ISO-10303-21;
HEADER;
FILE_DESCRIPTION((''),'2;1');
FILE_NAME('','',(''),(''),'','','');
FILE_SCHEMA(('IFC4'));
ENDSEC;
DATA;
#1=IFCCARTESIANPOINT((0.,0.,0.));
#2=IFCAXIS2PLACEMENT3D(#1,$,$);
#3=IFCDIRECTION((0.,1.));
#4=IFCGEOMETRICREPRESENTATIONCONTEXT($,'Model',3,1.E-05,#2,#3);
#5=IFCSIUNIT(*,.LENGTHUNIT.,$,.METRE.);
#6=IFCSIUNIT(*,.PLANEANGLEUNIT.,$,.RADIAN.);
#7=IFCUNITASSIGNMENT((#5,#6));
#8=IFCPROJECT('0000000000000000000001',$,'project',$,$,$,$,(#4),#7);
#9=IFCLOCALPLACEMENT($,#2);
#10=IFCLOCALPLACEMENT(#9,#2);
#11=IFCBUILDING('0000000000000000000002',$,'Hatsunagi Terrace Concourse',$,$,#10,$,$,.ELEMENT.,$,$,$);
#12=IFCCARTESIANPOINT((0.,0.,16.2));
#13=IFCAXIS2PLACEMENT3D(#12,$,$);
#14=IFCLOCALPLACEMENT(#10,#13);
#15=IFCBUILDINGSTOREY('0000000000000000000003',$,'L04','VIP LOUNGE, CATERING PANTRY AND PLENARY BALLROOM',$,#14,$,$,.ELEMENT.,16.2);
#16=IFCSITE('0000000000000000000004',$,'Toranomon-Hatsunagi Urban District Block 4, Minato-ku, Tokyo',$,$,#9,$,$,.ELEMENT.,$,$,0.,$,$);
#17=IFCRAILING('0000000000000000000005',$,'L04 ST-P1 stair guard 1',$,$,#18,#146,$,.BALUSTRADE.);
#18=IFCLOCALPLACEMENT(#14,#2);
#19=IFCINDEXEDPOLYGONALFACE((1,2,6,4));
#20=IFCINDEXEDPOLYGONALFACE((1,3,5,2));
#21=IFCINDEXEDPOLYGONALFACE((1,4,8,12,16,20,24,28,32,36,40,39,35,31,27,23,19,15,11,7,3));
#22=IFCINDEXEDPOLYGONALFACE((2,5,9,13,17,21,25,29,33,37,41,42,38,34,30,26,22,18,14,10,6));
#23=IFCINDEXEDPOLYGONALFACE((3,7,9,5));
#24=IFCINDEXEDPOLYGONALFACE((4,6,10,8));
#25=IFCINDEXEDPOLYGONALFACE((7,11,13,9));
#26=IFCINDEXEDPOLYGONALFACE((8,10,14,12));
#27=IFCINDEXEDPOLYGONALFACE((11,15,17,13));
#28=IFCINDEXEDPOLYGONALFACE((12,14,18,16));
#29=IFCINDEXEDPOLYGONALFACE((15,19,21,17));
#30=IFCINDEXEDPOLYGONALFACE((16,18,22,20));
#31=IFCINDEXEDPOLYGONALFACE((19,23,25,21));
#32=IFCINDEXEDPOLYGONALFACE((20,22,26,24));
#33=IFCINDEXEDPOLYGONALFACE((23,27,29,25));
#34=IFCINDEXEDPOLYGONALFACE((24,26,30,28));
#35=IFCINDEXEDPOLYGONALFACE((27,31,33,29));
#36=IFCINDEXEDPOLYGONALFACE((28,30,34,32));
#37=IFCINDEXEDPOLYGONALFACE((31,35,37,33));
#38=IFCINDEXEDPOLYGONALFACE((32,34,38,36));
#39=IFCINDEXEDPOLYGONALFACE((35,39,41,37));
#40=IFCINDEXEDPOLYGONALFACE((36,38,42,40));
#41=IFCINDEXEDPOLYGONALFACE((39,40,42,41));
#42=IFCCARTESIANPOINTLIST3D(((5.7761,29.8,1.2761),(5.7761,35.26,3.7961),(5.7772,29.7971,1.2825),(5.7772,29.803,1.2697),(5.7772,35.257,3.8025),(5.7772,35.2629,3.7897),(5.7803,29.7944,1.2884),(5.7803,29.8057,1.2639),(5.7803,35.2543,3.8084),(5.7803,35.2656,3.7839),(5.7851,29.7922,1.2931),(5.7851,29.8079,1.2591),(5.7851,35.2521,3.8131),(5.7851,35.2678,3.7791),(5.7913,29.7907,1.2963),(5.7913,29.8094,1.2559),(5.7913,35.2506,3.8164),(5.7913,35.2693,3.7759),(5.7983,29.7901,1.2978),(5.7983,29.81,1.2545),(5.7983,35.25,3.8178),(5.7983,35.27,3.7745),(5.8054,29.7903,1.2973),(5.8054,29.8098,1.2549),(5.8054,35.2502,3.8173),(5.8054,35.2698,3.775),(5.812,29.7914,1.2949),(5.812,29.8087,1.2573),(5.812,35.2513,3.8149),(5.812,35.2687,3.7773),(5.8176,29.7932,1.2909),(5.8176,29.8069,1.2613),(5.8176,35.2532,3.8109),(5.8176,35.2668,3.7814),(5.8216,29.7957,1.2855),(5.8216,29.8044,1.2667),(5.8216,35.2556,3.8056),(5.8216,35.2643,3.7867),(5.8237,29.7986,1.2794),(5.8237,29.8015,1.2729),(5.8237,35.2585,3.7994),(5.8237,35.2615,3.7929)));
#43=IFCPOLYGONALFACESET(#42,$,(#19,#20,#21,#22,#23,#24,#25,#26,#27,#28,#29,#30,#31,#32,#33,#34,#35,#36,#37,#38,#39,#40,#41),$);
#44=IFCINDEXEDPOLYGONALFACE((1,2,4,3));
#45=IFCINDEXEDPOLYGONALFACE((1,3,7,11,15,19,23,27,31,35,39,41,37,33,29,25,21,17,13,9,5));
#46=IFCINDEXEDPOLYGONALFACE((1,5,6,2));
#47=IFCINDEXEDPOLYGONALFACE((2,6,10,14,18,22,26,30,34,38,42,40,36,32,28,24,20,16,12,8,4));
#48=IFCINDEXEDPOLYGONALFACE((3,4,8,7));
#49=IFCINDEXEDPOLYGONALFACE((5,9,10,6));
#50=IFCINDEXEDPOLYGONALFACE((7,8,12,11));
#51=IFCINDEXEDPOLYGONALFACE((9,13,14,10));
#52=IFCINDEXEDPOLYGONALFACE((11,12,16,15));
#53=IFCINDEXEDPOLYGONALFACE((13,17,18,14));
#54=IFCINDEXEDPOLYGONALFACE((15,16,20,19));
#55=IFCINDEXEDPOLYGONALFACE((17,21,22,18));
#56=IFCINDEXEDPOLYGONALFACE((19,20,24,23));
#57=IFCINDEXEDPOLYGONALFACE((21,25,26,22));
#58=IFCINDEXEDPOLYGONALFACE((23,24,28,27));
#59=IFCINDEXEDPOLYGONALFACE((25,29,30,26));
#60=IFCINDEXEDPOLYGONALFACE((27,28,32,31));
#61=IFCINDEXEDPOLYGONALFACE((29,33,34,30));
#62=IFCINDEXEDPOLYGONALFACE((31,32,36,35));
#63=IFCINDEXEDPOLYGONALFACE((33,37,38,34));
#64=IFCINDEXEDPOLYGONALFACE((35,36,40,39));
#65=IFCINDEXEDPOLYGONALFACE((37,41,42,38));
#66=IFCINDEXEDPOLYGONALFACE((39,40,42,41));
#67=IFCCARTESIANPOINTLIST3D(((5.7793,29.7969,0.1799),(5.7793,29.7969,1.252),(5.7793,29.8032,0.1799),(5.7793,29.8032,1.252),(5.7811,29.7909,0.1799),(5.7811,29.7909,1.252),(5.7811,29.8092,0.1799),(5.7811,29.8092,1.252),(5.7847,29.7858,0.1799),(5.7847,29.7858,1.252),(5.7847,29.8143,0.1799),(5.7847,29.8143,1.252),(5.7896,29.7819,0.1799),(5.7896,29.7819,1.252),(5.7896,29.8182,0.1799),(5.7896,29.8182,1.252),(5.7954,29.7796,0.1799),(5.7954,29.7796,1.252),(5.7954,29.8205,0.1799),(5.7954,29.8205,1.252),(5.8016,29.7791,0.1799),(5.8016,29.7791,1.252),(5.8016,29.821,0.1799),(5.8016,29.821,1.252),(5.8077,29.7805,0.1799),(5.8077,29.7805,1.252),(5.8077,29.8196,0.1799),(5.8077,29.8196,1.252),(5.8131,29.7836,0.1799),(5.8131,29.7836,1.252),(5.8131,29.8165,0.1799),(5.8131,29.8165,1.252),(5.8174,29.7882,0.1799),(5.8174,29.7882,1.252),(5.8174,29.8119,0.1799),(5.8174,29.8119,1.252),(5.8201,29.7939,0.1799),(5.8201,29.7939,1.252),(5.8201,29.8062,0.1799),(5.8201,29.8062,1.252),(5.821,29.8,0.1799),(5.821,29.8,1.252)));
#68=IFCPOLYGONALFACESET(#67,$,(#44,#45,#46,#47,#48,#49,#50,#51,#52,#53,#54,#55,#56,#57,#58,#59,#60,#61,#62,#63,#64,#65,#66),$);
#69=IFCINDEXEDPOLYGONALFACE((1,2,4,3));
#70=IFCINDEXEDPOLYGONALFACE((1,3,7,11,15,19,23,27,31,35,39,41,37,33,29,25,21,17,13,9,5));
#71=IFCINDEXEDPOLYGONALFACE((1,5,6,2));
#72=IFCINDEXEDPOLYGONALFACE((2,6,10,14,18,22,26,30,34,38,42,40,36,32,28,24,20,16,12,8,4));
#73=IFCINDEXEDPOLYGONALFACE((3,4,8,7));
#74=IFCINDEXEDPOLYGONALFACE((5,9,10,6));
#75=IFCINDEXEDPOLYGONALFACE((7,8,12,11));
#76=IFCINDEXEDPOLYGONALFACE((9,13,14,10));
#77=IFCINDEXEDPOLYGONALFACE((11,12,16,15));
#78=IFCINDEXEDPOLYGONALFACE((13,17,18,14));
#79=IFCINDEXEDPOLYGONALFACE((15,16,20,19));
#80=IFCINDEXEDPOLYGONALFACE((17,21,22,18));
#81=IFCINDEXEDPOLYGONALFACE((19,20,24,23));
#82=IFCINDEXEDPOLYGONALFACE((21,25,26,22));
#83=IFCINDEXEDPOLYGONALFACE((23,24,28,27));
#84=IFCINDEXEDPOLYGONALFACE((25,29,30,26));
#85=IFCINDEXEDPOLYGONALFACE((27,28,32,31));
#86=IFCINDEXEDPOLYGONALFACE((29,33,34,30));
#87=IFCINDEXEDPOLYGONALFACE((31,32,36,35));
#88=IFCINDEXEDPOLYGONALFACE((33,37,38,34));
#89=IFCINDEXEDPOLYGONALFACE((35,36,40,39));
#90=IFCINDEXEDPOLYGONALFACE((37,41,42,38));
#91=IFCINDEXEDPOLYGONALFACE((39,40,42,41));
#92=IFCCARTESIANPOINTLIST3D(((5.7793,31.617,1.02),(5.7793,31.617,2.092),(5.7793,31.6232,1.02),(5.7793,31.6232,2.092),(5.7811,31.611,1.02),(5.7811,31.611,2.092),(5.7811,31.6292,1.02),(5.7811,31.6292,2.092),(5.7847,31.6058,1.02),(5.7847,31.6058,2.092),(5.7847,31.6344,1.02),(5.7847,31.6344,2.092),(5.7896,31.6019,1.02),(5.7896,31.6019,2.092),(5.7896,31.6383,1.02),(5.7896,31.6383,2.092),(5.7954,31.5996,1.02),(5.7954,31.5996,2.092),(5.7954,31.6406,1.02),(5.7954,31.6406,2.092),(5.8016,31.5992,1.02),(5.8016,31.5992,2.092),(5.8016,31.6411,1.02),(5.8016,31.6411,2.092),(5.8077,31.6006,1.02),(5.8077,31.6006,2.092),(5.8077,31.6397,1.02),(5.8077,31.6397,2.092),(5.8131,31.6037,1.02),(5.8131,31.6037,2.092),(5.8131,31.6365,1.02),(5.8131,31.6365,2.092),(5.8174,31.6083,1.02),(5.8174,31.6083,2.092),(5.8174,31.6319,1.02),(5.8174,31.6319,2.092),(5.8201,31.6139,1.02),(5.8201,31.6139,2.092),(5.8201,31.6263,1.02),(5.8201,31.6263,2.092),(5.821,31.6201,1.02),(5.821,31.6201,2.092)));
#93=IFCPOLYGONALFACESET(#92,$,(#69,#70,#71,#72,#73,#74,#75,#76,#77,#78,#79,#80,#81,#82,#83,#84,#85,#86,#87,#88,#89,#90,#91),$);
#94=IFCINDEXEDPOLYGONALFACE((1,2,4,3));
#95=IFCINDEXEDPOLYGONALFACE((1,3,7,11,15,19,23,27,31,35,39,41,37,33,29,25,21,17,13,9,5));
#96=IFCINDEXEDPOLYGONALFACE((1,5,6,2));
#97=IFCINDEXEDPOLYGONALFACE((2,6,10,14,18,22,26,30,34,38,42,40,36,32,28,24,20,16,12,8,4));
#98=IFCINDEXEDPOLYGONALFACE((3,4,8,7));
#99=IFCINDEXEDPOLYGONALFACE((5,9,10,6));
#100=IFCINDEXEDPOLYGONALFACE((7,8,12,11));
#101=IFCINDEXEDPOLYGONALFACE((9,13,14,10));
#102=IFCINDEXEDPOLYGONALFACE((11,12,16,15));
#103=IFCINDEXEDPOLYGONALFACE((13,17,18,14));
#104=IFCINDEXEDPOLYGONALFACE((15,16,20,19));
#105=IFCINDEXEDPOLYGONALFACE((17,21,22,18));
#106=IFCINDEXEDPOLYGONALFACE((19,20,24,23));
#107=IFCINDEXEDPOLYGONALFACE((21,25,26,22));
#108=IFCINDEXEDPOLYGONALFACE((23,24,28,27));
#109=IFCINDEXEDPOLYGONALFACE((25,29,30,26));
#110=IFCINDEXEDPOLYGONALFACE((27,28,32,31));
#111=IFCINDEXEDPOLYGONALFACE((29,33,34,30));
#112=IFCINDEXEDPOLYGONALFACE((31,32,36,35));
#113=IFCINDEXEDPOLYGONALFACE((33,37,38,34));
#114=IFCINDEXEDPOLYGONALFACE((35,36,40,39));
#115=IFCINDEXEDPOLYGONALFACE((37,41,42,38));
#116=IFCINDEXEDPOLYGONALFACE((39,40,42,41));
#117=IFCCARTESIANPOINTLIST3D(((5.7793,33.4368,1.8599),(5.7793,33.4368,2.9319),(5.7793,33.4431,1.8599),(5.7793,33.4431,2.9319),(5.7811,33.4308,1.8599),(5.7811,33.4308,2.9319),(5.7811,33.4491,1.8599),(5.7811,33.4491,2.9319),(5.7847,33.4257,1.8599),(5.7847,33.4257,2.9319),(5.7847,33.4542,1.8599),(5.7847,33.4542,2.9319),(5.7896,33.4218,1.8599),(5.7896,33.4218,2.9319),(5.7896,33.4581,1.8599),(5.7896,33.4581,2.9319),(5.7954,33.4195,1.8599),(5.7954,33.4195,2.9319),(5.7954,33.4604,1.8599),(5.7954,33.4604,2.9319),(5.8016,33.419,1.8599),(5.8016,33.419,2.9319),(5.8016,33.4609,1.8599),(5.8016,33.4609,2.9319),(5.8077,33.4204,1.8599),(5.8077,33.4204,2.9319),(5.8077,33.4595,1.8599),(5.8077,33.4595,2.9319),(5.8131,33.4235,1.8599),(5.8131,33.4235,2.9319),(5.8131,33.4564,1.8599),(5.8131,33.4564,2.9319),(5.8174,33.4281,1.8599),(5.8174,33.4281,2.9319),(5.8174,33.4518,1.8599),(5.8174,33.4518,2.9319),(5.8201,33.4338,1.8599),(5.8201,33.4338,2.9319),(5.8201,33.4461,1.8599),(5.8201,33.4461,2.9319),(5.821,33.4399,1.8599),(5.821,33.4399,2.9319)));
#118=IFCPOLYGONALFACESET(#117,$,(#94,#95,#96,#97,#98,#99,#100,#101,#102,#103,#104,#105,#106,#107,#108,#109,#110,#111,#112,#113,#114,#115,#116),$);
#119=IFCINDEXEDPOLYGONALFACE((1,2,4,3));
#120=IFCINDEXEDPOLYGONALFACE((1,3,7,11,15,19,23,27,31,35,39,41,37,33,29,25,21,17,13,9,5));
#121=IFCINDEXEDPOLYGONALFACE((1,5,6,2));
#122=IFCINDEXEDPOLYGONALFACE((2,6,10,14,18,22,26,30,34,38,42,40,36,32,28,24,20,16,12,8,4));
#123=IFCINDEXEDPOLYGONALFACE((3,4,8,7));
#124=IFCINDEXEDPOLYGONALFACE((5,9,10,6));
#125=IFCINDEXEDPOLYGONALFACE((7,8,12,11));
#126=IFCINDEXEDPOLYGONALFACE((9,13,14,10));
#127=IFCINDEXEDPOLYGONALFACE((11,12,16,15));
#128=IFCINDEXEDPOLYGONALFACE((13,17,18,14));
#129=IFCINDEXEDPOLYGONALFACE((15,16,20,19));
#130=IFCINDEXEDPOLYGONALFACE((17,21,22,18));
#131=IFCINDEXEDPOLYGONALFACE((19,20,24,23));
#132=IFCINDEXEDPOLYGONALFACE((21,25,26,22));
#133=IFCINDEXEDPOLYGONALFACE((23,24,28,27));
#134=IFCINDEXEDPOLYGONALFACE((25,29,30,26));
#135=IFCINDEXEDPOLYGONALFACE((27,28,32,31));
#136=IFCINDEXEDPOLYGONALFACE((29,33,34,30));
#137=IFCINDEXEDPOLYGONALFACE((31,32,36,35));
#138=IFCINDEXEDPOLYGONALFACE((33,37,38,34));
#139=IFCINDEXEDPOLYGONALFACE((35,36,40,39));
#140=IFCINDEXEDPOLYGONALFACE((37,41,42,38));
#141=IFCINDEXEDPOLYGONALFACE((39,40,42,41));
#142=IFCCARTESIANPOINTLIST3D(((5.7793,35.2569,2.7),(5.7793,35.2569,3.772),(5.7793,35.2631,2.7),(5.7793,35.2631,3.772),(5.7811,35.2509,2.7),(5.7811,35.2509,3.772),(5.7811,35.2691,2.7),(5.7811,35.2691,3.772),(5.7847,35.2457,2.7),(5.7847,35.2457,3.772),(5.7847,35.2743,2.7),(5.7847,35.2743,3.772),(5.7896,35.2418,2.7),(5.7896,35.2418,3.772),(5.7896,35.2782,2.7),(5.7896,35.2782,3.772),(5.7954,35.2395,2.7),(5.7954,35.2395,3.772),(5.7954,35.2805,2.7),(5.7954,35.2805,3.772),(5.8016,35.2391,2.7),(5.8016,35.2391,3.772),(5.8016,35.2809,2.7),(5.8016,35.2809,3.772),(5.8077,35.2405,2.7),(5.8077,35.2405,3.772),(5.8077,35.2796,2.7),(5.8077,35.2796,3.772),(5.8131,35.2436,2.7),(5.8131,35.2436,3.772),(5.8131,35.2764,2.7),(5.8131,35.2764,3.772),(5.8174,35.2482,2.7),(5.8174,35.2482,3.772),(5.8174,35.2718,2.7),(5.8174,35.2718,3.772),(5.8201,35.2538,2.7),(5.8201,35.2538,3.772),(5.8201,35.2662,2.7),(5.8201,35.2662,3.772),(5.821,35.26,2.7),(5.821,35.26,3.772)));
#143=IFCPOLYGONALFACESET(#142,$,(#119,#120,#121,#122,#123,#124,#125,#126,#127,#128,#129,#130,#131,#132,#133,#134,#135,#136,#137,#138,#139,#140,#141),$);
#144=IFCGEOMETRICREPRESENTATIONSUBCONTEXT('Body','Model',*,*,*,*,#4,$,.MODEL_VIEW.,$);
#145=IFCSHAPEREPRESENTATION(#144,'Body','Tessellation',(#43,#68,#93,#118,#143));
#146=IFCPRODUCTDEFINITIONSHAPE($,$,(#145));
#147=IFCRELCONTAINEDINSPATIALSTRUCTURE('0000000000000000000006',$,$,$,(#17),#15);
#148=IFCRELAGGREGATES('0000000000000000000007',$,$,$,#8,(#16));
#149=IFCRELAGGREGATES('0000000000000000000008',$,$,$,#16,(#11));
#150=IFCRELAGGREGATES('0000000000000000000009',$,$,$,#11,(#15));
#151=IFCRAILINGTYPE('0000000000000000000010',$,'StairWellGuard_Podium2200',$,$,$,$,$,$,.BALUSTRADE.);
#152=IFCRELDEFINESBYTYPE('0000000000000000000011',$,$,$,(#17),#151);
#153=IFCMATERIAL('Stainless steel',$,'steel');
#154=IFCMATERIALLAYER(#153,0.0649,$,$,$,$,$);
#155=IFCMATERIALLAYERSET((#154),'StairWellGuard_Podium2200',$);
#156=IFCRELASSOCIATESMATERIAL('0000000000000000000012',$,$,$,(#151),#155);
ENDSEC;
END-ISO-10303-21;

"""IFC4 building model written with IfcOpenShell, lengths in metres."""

from ifc_helpers import new_model, si_unit, direction, frame, origin, origin_2d, place, context, subcontext, project, spatial, circle, extrude, material, layer, layer_set, type_object, element, save


model = new_model("IFC4")

# Units and contexts
model_context = context("Model", 3, precision=1e-05, world=origin(), true_north=direction((0.0, 1.0)))
body_context = subcontext(model_context, "Body", "Model", "MODEL_VIEW")
ifc_project = project(units=[si_unit("LENGTHUNIT", "METRE"), si_unit("PLANEANGLEUNIT", "RADIAN")], contexts=[model_context])

# Site, building, storey
site_placement = place(None, origin())
site = spatial("IfcSite", under=ifc_project, at=site_placement, Name="Toranomon-Hatsunagi Urban District Block 4, Minato-ku, Tokyo", CompositionType="ELEMENT", RefElevation=0.0)
building_placement = place(site_placement, origin())
building = spatial("IfcBuilding", under=site, at=building_placement, Name="Hatsunagi Terrace Concourse", CompositionType="ELEMENT")
storey_placement = place(building_placement, frame((0.0, 0.0, 16.2)))
storey = spatial("IfcBuildingStorey", under=building, at=storey_placement, Name="L04", Description="VIP LOUNGE, CATERING PANTRY AND PLENARY BALLROOM", CompositionType="ELEMENT", Elevation=16.2)

# Railing
ifc_material_1 = material(Name="Stainless steel", Category="steel")
ifc_layer_1 = layer(ifc_material_1, 0.0649)
ifc_layer_set_1 = layer_set([ifc_layer_1], Name="StairWellGuard_Podium2200")
railing_type_1 = type_object("IfcRailingType", Name="StairWellGuard_Podium2200", PredefinedType="BALUSTRADE", material=ifc_layer_set_1)
railing_1_placement = place(storey_placement, frame((5.8, 29.8, 0.1799)))
element("IfcRailing", 1, at=railing_1_placement, inside=storey, type_object=railing_type_1, Name="L04 ST-P1 stair guard 1", PredefinedType="BALUSTRADE", context=body_context, shape_type="SweptSolid", body=[
    extrude(circle(Radius=0.0239, at=origin_2d()), frame((0.0, 0.0, 1.0962), z_axis=(0.0, 0.907957, 0.419063), x_axis=(-1.0, 0.0, 0.0)), (0.0, 0.0, 1.0), 6.0134),
    extrude(circle(Radius=0.021, at=origin_2d()), origin(), (0.0, 0.0, 1.0), 1.072),
    extrude(circle(Radius=0.021, at=origin_2d()), frame((0.0, 1.8201, 0.8401)), (0.0, 0.0, 1.0), 1.072),
    extrude(circle(Radius=0.021, at=origin_2d()), frame((0.0, 3.6399, 1.6799)), (0.0, 0.0, 1.0), 1.072),
    extrude(circle(Radius=0.021, at=origin_2d()), frame((0.0, 5.46, 2.52)), (0.0, 0.0, 1.0), 1.072),
])

save(model, "model.ifc")
